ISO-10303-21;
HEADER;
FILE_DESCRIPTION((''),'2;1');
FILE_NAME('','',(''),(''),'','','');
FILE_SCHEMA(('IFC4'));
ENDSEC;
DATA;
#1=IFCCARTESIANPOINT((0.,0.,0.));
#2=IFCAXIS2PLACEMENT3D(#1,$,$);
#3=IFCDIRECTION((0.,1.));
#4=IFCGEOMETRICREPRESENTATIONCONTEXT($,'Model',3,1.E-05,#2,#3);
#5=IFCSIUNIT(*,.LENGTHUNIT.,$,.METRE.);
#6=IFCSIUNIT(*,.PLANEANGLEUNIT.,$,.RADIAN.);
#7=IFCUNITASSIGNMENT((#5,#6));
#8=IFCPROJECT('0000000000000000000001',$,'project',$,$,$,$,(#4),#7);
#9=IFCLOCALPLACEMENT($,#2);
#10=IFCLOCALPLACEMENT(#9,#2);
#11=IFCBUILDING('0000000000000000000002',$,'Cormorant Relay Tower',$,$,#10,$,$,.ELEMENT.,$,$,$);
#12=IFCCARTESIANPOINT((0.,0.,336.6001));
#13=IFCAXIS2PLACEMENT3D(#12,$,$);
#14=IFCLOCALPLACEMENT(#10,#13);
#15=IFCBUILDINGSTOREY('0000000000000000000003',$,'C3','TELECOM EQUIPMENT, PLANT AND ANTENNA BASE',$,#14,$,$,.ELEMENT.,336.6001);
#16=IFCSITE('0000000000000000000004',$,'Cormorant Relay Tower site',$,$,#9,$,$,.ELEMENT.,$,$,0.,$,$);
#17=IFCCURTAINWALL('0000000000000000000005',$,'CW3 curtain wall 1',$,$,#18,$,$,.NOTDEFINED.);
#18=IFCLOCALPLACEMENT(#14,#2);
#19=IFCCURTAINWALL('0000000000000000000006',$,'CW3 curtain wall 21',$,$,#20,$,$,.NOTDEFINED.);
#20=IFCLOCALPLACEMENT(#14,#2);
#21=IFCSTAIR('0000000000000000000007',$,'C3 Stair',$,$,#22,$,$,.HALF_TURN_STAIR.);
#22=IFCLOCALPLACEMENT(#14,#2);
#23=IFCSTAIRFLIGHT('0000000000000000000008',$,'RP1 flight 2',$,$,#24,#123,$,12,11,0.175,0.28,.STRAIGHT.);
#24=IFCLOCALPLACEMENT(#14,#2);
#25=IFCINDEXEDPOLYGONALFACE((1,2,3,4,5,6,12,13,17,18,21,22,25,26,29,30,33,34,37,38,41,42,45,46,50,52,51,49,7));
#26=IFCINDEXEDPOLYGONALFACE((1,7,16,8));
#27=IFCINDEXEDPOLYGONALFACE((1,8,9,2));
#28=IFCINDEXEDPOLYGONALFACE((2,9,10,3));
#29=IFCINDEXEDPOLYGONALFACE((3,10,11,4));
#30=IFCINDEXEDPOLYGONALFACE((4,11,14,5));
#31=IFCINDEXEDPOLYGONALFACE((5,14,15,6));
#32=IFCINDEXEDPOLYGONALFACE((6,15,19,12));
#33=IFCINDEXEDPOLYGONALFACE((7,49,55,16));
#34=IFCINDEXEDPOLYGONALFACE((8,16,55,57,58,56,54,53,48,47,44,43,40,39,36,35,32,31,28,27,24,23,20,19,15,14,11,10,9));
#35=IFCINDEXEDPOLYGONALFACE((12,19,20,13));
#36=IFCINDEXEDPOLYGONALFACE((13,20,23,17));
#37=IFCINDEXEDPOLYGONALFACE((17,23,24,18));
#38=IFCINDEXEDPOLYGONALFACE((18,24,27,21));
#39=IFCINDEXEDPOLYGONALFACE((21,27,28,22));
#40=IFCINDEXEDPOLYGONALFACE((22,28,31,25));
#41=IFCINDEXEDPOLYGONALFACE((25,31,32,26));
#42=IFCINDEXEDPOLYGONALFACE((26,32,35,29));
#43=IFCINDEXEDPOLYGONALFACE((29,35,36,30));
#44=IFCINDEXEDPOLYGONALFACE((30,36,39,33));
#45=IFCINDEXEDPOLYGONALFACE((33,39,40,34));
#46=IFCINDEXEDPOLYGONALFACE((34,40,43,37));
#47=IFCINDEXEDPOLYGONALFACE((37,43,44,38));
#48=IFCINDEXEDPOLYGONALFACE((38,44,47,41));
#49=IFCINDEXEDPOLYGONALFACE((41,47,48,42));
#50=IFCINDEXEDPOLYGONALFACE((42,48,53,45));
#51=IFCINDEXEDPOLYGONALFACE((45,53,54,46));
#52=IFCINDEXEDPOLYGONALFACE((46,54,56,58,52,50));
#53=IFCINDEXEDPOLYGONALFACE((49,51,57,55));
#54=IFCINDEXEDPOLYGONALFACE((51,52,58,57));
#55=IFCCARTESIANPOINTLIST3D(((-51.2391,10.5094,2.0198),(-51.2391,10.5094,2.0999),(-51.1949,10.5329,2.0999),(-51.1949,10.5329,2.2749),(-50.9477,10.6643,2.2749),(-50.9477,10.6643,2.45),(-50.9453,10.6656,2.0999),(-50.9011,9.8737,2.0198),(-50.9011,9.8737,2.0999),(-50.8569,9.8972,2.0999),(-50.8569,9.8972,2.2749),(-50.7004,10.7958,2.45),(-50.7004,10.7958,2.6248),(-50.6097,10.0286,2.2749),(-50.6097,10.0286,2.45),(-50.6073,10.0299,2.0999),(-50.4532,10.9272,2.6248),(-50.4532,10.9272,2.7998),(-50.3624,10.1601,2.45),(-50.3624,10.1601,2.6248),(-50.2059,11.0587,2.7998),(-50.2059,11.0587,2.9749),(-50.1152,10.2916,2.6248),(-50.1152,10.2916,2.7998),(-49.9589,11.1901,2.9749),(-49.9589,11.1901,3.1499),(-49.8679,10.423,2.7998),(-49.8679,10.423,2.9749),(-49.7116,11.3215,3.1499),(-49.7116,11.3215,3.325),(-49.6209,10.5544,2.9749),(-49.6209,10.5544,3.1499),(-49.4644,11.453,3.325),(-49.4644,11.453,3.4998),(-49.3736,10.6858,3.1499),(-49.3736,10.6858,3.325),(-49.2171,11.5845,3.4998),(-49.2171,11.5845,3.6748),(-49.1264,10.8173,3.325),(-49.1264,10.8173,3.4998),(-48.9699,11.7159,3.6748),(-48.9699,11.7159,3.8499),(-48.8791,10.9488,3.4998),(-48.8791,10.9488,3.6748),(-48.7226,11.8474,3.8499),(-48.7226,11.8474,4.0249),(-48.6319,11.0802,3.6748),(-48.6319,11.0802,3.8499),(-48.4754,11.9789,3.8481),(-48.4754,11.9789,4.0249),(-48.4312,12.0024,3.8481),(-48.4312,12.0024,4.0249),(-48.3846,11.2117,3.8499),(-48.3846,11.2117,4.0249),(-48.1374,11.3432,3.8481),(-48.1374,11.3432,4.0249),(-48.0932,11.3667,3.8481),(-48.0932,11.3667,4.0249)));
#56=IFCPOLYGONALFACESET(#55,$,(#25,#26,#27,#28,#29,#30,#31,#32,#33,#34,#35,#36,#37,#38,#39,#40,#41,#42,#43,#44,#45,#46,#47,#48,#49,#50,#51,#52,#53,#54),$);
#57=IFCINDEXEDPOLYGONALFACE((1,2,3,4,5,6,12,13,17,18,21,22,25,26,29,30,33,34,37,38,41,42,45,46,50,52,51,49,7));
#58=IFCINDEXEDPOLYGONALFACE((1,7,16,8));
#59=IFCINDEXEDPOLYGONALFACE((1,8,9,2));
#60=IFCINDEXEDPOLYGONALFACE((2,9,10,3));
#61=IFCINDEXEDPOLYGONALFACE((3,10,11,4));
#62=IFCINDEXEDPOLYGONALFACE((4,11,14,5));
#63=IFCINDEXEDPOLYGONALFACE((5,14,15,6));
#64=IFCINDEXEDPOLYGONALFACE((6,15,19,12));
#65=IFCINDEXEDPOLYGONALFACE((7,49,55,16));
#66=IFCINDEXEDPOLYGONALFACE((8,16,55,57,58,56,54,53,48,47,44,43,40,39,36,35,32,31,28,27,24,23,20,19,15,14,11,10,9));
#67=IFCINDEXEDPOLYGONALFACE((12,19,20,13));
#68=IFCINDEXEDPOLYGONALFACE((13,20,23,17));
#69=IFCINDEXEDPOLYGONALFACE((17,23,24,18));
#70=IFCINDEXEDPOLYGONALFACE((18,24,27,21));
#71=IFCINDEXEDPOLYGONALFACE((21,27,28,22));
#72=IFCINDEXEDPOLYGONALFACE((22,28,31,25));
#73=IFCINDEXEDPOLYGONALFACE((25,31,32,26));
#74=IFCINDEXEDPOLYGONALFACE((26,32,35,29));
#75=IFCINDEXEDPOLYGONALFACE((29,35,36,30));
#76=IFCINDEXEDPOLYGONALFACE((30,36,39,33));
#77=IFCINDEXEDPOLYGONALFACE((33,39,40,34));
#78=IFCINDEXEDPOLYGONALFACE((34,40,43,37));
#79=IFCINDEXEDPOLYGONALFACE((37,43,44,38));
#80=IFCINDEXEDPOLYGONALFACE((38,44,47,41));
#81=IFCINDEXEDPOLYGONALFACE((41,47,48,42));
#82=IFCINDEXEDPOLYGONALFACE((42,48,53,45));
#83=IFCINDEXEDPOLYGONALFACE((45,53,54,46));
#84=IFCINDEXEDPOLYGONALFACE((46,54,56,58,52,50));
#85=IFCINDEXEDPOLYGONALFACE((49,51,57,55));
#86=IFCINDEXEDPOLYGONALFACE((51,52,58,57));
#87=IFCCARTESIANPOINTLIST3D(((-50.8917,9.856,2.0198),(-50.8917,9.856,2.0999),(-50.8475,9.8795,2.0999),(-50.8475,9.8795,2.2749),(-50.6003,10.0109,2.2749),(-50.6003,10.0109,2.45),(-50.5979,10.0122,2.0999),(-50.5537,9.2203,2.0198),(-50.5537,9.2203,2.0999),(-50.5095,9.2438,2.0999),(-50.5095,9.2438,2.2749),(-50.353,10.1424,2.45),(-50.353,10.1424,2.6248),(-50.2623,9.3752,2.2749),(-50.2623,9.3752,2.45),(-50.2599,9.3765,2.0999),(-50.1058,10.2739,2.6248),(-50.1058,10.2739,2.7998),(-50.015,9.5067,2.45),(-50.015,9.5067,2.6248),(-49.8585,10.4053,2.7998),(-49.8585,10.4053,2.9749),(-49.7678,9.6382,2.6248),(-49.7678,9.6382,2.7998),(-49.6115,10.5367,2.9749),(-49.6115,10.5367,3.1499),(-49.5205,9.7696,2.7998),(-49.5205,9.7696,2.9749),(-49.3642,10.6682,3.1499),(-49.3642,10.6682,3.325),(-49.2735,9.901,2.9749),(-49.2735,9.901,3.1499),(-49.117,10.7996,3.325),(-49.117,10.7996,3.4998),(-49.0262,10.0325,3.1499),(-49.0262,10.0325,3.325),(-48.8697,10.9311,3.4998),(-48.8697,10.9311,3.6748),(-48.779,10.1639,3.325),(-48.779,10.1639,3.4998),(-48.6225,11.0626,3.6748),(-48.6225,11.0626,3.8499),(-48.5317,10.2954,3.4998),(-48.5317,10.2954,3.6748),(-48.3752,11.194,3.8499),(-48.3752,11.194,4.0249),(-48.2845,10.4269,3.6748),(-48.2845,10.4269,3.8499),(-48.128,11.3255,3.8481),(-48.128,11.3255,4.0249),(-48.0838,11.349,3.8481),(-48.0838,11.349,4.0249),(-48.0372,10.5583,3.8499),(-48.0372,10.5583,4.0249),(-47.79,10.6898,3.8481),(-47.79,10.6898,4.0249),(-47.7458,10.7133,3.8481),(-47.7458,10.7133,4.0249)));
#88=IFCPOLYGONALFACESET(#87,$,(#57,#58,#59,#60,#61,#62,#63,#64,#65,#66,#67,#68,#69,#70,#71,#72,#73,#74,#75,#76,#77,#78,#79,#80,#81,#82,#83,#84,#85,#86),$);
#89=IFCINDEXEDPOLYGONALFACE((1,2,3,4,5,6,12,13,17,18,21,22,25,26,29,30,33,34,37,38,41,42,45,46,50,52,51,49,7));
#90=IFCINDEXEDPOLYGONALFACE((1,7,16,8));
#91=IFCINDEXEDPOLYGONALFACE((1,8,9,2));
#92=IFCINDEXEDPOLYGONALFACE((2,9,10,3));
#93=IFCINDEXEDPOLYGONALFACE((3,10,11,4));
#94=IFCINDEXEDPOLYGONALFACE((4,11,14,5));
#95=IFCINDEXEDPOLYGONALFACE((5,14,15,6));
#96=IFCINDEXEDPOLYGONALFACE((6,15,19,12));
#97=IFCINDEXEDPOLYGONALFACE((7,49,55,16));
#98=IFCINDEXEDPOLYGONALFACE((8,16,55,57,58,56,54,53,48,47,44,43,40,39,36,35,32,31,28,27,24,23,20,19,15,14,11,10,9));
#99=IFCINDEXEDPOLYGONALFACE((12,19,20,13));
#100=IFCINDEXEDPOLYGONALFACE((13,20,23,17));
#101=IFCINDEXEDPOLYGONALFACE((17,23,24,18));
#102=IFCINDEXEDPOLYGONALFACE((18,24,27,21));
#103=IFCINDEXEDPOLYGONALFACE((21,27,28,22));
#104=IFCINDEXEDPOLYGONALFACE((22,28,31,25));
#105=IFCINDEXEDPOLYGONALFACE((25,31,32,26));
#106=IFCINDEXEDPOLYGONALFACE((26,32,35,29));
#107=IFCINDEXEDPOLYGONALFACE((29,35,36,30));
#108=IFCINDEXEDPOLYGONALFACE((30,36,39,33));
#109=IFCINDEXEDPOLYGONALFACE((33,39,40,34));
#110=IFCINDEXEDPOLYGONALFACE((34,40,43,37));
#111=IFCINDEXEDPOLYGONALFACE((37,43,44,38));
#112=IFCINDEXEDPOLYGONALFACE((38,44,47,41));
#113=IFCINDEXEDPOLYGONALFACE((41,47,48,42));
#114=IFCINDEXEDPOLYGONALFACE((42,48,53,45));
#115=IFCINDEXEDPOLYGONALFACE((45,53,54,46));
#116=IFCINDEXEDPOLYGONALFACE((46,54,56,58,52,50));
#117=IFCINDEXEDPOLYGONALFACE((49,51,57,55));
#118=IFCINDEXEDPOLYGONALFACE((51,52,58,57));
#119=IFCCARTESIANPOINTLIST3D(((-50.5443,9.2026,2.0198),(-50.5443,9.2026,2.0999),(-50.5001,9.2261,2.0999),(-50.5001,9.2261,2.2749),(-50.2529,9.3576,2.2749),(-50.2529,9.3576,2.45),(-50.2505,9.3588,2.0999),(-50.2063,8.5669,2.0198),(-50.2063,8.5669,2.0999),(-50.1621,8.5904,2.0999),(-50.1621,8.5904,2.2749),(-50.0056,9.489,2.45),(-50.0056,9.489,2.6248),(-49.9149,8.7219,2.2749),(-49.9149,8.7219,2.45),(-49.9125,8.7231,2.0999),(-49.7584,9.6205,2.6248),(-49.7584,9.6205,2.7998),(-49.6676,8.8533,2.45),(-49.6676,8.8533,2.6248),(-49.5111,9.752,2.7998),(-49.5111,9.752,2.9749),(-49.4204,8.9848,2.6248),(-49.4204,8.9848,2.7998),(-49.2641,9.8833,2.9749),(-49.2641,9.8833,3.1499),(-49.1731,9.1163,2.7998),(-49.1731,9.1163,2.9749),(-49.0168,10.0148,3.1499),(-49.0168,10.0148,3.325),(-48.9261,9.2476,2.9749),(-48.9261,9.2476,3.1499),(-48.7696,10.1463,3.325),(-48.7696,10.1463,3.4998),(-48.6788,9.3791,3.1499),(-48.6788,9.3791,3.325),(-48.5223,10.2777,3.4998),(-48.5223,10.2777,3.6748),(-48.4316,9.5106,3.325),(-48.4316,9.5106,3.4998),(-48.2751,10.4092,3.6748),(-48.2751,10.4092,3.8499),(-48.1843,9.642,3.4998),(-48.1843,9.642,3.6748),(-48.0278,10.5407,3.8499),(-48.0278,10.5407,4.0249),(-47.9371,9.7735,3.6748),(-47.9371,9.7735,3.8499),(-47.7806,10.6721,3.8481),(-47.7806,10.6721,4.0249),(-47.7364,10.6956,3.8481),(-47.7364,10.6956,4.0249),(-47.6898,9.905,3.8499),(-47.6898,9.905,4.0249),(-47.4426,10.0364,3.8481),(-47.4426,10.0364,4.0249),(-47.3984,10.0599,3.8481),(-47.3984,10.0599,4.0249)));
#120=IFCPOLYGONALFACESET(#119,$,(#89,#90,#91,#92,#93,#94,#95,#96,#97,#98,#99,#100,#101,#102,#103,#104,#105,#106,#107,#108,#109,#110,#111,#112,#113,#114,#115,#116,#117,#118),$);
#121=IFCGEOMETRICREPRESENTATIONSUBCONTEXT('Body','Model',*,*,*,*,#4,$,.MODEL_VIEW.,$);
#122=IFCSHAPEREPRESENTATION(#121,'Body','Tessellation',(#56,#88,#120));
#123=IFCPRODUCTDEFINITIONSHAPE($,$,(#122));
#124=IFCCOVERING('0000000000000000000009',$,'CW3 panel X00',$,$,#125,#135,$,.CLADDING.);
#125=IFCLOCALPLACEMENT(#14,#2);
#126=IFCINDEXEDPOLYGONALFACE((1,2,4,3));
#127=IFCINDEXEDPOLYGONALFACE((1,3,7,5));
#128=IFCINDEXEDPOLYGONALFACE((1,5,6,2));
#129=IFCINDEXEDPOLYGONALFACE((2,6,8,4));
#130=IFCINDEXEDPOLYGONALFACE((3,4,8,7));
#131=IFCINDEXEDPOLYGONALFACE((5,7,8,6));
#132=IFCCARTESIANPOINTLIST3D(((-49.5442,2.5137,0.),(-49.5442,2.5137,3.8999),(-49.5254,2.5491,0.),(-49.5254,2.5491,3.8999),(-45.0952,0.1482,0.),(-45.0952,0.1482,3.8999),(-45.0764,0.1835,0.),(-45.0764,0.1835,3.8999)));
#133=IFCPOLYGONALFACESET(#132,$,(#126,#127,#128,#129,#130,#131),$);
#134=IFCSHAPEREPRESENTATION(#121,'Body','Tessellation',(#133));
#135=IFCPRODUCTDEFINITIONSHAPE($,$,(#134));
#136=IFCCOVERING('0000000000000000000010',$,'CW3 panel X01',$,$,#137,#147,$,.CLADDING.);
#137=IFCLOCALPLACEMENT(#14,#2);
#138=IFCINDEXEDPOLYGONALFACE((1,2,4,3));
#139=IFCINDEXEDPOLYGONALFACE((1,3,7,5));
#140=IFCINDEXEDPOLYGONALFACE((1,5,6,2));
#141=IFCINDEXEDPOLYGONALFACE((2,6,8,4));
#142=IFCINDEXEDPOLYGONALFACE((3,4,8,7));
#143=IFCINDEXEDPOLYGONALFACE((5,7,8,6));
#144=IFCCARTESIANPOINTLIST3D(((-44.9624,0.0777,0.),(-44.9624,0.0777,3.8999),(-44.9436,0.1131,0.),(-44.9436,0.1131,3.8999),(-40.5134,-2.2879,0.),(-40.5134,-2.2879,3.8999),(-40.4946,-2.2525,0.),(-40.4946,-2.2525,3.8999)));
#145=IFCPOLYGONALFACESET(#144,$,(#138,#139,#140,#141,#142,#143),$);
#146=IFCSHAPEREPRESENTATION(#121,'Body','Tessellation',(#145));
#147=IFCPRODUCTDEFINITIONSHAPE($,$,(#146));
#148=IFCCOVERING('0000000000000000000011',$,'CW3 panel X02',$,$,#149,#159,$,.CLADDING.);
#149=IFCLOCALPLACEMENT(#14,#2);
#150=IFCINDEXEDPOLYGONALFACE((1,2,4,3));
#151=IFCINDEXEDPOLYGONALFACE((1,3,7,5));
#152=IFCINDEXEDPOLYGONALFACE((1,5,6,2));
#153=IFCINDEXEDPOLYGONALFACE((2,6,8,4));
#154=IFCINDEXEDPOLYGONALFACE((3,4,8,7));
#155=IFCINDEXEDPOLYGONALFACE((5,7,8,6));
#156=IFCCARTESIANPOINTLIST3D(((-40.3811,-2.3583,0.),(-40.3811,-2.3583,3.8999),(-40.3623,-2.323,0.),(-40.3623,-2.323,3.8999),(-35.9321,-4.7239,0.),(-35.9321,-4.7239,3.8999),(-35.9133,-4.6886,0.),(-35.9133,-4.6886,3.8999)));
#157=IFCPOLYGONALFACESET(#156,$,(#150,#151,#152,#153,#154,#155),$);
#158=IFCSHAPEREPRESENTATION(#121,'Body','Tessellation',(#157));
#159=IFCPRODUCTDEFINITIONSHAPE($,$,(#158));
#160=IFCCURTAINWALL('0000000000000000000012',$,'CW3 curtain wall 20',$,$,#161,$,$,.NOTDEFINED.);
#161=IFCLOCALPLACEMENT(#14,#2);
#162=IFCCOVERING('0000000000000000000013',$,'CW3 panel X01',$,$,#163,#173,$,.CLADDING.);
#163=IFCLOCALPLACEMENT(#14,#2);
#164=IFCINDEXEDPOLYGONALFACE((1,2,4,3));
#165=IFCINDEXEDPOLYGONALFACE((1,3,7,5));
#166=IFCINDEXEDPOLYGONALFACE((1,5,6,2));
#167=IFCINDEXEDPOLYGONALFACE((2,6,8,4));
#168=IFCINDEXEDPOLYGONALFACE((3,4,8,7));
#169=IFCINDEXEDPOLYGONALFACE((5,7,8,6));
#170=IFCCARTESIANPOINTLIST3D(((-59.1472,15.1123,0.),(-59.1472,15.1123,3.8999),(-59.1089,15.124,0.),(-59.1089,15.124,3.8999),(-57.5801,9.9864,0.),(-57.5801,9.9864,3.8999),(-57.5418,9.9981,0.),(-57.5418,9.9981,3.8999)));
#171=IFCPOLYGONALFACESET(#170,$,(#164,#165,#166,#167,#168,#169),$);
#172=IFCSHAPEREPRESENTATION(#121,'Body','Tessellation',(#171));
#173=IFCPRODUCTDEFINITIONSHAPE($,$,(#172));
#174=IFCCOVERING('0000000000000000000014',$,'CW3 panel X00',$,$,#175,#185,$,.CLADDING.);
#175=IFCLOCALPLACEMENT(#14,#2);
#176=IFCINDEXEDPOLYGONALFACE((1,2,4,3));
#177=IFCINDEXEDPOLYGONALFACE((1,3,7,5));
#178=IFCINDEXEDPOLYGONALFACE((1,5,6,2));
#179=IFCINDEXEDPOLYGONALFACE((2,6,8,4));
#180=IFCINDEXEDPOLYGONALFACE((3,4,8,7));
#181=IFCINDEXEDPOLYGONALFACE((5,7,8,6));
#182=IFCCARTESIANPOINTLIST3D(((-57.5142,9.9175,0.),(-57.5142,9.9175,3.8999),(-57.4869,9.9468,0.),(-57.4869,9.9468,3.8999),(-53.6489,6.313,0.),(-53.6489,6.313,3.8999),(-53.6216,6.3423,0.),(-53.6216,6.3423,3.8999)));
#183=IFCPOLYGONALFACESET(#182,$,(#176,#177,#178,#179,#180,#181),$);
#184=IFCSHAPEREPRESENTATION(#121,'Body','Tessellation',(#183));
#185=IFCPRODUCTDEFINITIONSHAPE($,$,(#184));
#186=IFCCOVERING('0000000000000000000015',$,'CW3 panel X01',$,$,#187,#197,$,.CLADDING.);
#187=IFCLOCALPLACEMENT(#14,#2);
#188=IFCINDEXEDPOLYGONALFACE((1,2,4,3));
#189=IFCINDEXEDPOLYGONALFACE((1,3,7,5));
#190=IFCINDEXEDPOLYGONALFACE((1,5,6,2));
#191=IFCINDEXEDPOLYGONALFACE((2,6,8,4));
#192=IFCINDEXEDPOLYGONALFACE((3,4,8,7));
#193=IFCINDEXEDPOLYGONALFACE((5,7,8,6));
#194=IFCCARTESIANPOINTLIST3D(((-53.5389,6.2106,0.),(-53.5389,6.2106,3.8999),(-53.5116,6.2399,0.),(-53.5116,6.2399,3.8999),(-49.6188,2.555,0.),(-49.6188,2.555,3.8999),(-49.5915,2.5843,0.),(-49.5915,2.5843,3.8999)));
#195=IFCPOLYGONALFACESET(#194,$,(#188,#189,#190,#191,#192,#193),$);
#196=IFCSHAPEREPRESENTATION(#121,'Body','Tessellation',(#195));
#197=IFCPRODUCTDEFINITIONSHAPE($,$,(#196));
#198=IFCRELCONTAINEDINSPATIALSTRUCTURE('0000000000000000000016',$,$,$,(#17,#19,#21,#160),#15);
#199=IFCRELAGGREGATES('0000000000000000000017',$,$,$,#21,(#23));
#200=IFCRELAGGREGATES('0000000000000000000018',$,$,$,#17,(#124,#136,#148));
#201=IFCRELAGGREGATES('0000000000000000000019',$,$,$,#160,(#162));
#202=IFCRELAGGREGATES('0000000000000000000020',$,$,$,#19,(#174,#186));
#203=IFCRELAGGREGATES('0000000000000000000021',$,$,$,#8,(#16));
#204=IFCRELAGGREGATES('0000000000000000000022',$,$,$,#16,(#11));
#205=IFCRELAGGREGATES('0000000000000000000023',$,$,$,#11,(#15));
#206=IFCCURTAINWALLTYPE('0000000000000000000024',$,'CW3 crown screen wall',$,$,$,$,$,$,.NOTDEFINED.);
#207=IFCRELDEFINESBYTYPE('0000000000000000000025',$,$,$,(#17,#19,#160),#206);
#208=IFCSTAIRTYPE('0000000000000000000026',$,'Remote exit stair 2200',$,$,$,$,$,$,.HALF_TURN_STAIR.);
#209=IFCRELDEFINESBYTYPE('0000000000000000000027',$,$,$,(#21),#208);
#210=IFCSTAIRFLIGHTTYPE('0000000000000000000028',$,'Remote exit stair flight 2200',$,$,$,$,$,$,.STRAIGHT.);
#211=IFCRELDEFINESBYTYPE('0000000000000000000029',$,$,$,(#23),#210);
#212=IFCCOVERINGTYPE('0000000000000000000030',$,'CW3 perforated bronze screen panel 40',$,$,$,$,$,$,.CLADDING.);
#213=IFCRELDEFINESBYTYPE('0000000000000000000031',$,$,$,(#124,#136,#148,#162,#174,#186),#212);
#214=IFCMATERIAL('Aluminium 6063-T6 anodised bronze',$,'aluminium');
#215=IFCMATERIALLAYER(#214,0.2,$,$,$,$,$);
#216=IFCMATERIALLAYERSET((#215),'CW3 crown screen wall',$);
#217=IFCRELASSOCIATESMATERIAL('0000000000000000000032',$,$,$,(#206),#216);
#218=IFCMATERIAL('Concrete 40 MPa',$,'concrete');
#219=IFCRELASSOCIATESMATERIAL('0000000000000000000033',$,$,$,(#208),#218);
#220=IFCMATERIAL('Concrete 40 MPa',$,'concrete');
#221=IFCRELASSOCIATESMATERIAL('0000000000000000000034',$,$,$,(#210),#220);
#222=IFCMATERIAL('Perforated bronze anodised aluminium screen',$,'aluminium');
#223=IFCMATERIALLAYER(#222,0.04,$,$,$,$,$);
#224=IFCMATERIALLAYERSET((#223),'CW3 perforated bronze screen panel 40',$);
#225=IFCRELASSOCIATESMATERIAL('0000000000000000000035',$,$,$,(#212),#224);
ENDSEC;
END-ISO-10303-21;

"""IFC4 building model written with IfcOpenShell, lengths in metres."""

from ifc_helpers import new_model, si_unit, direction, frame, origin, origin_2d, place, context, subcontext, project, spatial, polyline, rectangle, outline, extrude, material, layer, layer_set, type_object, element, aggregate, save


model = new_model("IFC4")

# Units and contexts
model_context = context("Model", 3, precision=1e-05, world=origin(), true_north=direction((0.0, 1.0)))
body_context = subcontext(model_context, "Body", "Model", "MODEL_VIEW")
ifc_project = project(units=[si_unit("LENGTHUNIT", "METRE"), si_unit("PLANEANGLEUNIT", "RADIAN")], contexts=[model_context])

# Site, building, storey
site_placement = place(None, origin())
site = spatial("IfcSite", under=ifc_project, at=site_placement, Name="Cormorant Relay Tower site", CompositionType="ELEMENT", RefElevation=0.0)
building_placement = place(site_placement, origin())
building = spatial("IfcBuilding", under=site, at=building_placement, Name="Cormorant Relay Tower", CompositionType="ELEMENT")
storey_placement = place(building_placement, frame((0.0, 0.0, 336.6001)))
storey = spatial("IfcBuildingStorey", under=building, at=storey_placement, Name="C3", Description="TELECOM EQUIPMENT, PLANT AND ANTENNA BASE", CompositionType="ELEMENT", Elevation=336.6001)

# Curtain walls
ifc_material_1 = material(Name="Aluminium 6063-T6 anodised bronze", Category="aluminium")
ifc_layer_1 = layer(ifc_material_1, 0.2)
ifc_layer_set_1 = layer_set([ifc_layer_1], Name="CW3 crown screen wall")
curtain_wall_type = type_object("IfcCurtainWallType", Name="CW3 crown screen wall", PredefinedType="NOTDEFINED", material=ifc_layer_set_1)
curtain_wall_1_placement = place(storey_placement, origin())
curtain_wall_1 = element("IfcCurtainWall", 1, at=curtain_wall_1_placement, inside=storey, type_object=curtain_wall_type, Name="CW3 curtain wall 1", PredefinedType="NOTDEFINED")
curtain_wall_2_placement = place(storey_placement, origin())
curtain_wall_2 = element("IfcCurtainWall", 2, at=curtain_wall_2_placement, inside=storey, type_object=curtain_wall_type, Name="CW3 curtain wall 21", PredefinedType="NOTDEFINED")

# Stair, stair flight
ifc_material_2 = material(Name="Concrete 40 MPa", Category="concrete")
stair_type_1 = type_object("IfcStairType", Name="Remote exit stair 2200", PredefinedType="HALF_TURN_STAIR", material=ifc_material_2)
stair_1_placement = place(storey_placement, origin())
stair_1 = element("IfcStair", 3, at=stair_1_placement, inside=storey, type_object=stair_type_1, Name="C3 Stair", PredefinedType="HALF_TURN_STAIR")
ifc_material_3 = material(Name="Concrete 40 MPa", Category="concrete")
stair_flight_type_1 = type_object("IfcStairFlightType", Name="Remote exit stair flight 2200", PredefinedType="STRAIGHT", material=ifc_material_3)
stair_flight_1_placement = place(storey_placement, frame((-50.6785, 9.5615, 2.0999), z_axis=(0.0, 0.0, 1.0), x_axis=(0.882948, 0.469472, 0.0)))
stair_flight_1 = element("IfcStairFlight", 4, at=stair_flight_1_placement, type_object=stair_flight_type_1, Name="RP1 flight 2", NumberOfRisers=12, NumberOfTreads=11, PredefinedType="STRAIGHT", RiserHeight=0.175, TreadLength=0.28, context=body_context, shape_type="SweptSolid", body=[
    extrude(outline(polyline([(-0.05, -0.0801), (-0.05, 0.0), (0.0, 0.0), (0.0, 0.175), (0.28, 0.175), (0.28, 0.3501), (0.5601, 0.3501), (0.5601, 0.5249), (0.8401, 0.5249), (0.8401, 0.7), (1.1201, 0.7), (1.1201, 0.875), (1.3999, 0.875), (1.3999, 1.05), (1.6799, 1.05), (1.6799, 1.2251), (1.96, 1.2251), (1.96, 1.3999), (2.24, 1.3999), (2.24, 1.575), (2.52, 1.575), (2.52, 1.75), (2.8, 1.75), (2.8, 1.925), (3.0801, 1.925), (3.1301, 1.925), (3.1301, 1.7483), (3.0801, 1.7483), (0.2827, 0.0), (-0.05, -0.0801)])), frame((0.0, 1.1001, 0.0), z_axis=(0.0, -1.0, 0.0), x_axis=(1.0, 0.0, 0.0)), (0.0, 0.0, 1.0), 0.72),
    extrude(outline(polyline([(-0.05, -0.0801), (-0.05, 0.0), (0.0, 0.0), (0.0, 0.175), (0.28, 0.175), (0.28, 0.3501), (0.5601, 0.3501), (0.5601, 0.5249), (0.8401, 0.5249), (0.8401, 0.7), (1.1201, 0.7), (1.1201, 0.875), (1.3999, 0.875), (1.3999, 1.05), (1.6799, 1.05), (1.6799, 1.2251), (1.96, 1.2251), (1.96, 1.3999), (2.24, 1.3999), (2.24, 1.575), (2.52, 1.575), (2.52, 1.75), (2.8, 1.75), (2.8, 1.925), (3.0801, 1.925), (3.1301, 1.925), (3.1301, 1.7483), (3.0801, 1.7483), (0.2827, 0.0), (-0.05, -0.0801)])), frame((0.0, 0.3601, 0.0), z_axis=(0.0, -1.0, 0.0), x_axis=(1.0, 0.0, 0.0)), (0.0, 0.0, 1.0), 0.72),
    extrude(outline(polyline([(-0.05, -0.0801), (-0.05, 0.0), (0.0, 0.0), (0.0, 0.175), (0.28, 0.175), (0.28, 0.3501), (0.5601, 0.3501), (0.5601, 0.5249), (0.8401, 0.5249), (0.8401, 0.7), (1.1201, 0.7), (1.1201, 0.875), (1.3999, 0.875), (1.3999, 1.05), (1.6799, 1.05), (1.6799, 1.2251), (1.96, 1.2251), (1.96, 1.3999), (2.24, 1.3999), (2.24, 1.575), (2.52, 1.575), (2.52, 1.75), (2.8, 1.75), (2.8, 1.925), (3.0801, 1.925), (3.1301, 1.925), (3.1301, 1.7483), (3.0801, 1.7483), (0.2827, 0.0), (-0.05, -0.0801)])), frame((0.0, -0.3799, 0.0), z_axis=(0.0, -1.0, 0.0), x_axis=(1.0, 0.0, 0.0)), (0.0, 0.0, 1.0), 0.72),
])
aggregate(stair_1, [stair_flight_1])

# Coverings
ifc_material_4 = material(Name="Perforated bronze anodised aluminium screen", Category="aluminium")
ifc_layer_2 = layer(ifc_material_4, 0.04)
ifc_layer_set_2 = layer_set([ifc_layer_2], Name="CW3 perforated bronze screen panel 40")
covering_type = type_object("IfcCoveringType", Name="CW3 perforated bronze screen panel 40", PredefinedType="CLADDING", material=ifc_layer_set_2)
covering_1_placement = place(storey_placement, frame((-47.3103, 1.3486, 0.0), z_axis=(0.0, 0.0, 1.0), x_axis=(0.882948, -0.469472, 0.0)))
covering_1 = element("IfcCovering", 5, at=covering_1_placement, type_object=covering_type, Name="CW3 panel X00", PredefinedType="CLADDING", context=body_context, shape_type="SweptSolid", body=[
    extrude(rectangle(XDim=5.0388, YDim=0.04, at=origin_2d()), origin(), (0.0, 0.0, 1.0), 3.8999),
])
covering_2_placement = place(storey_placement, frame((-42.7285, -1.0874, 0.0), z_axis=(0.0, 0.0, 1.0), x_axis=(0.882948, -0.469472, 0.0)))
covering_2 = element("IfcCovering", 6, at=covering_2_placement, type_object=covering_type, Name="CW3 panel X01", PredefinedType="CLADDING", context=body_context, shape_type="SweptSolid", body=[
    extrude(rectangle(XDim=5.0388, YDim=0.04, at=origin_2d()), origin(), (0.0, 0.0, 1.0), 3.8999),
])
covering_3_placement = place(storey_placement, frame((-38.1472, -3.5234, 0.0), z_axis=(0.0, 0.0, 1.0), x_axis=(0.882948, -0.469472, 0.0)))
covering_3 = element("IfcCovering", 7, at=covering_3_placement, type_object=covering_type, Name="CW3 panel X02", PredefinedType="CLADDING", context=body_context, shape_type="SweptSolid", body=[
    extrude(rectangle(XDim=5.0388, YDim=0.04, at=origin_2d()), origin(), (0.0, 0.0, 1.0), 3.8999),
])
aggregate(curtain_wall_1, [covering_1, covering_2, covering_3])

# Curtain wall, covering
curtain_wall_3_placement = place(storey_placement, origin())
curtain_wall_3 = element("IfcCurtainWall", 8, at=curtain_wall_3_placement, inside=storey, type_object=curtain_wall_type, Name="CW3 curtain wall 20", PredefinedType="NOTDEFINED")
covering_4_placement = place(storey_placement, frame((-58.3445, 12.5552, 0.0), z_axis=(0.0, 0.0, 1.0), x_axis=(0.292372, -0.956305, 0.0)))
covering_4 = element("IfcCovering", 9, at=covering_4_placement, type_object=covering_type, Name="CW3 panel X01", PredefinedType="CLADDING", context=body_context, shape_type="SweptSolid", body=[
    extrude(rectangle(XDim=5.3601, YDim=0.04, at=origin_2d()), origin(), (0.0, 0.0, 1.0), 3.8999),
])
aggregate(curtain_wall_3, [covering_4])

# Coverings
covering_5_placement = place(storey_placement, frame((-55.5679, 8.1299, 0.0), z_axis=(0.0, 0.0, 1.0), x_axis=(0.731354, -0.681998, 0.0)))
covering_5 = element("IfcCovering", 10, at=covering_5_placement, type_object=covering_type, Name="CW3 panel X00", PredefinedType="CLADDING", context=body_context, shape_type="SweptSolid", body=[
    extrude(rectangle(XDim=5.2852, YDim=0.04, at=origin_2d()), origin(), (0.0, 0.0, 1.0), 3.8999),
])
covering_6_placement = place(storey_placement, frame((-51.5652, 4.3975, 0.0), z_axis=(0.0, 0.0, 1.0), x_axis=(0.731354, -0.681998, 0.0)))
covering_6 = element("IfcCovering", 11, at=covering_6_placement, type_object=covering_type, Name="CW3 panel X01", PredefinedType="CLADDING", context=body_context, shape_type="SweptSolid", body=[
    extrude(rectangle(XDim=5.3601, YDim=0.04, at=origin_2d()), origin(), (0.0, 0.0, 1.0), 3.8999),
])
aggregate(curtain_wall_2, [covering_5, covering_6])

save(model, "model.ifc")
